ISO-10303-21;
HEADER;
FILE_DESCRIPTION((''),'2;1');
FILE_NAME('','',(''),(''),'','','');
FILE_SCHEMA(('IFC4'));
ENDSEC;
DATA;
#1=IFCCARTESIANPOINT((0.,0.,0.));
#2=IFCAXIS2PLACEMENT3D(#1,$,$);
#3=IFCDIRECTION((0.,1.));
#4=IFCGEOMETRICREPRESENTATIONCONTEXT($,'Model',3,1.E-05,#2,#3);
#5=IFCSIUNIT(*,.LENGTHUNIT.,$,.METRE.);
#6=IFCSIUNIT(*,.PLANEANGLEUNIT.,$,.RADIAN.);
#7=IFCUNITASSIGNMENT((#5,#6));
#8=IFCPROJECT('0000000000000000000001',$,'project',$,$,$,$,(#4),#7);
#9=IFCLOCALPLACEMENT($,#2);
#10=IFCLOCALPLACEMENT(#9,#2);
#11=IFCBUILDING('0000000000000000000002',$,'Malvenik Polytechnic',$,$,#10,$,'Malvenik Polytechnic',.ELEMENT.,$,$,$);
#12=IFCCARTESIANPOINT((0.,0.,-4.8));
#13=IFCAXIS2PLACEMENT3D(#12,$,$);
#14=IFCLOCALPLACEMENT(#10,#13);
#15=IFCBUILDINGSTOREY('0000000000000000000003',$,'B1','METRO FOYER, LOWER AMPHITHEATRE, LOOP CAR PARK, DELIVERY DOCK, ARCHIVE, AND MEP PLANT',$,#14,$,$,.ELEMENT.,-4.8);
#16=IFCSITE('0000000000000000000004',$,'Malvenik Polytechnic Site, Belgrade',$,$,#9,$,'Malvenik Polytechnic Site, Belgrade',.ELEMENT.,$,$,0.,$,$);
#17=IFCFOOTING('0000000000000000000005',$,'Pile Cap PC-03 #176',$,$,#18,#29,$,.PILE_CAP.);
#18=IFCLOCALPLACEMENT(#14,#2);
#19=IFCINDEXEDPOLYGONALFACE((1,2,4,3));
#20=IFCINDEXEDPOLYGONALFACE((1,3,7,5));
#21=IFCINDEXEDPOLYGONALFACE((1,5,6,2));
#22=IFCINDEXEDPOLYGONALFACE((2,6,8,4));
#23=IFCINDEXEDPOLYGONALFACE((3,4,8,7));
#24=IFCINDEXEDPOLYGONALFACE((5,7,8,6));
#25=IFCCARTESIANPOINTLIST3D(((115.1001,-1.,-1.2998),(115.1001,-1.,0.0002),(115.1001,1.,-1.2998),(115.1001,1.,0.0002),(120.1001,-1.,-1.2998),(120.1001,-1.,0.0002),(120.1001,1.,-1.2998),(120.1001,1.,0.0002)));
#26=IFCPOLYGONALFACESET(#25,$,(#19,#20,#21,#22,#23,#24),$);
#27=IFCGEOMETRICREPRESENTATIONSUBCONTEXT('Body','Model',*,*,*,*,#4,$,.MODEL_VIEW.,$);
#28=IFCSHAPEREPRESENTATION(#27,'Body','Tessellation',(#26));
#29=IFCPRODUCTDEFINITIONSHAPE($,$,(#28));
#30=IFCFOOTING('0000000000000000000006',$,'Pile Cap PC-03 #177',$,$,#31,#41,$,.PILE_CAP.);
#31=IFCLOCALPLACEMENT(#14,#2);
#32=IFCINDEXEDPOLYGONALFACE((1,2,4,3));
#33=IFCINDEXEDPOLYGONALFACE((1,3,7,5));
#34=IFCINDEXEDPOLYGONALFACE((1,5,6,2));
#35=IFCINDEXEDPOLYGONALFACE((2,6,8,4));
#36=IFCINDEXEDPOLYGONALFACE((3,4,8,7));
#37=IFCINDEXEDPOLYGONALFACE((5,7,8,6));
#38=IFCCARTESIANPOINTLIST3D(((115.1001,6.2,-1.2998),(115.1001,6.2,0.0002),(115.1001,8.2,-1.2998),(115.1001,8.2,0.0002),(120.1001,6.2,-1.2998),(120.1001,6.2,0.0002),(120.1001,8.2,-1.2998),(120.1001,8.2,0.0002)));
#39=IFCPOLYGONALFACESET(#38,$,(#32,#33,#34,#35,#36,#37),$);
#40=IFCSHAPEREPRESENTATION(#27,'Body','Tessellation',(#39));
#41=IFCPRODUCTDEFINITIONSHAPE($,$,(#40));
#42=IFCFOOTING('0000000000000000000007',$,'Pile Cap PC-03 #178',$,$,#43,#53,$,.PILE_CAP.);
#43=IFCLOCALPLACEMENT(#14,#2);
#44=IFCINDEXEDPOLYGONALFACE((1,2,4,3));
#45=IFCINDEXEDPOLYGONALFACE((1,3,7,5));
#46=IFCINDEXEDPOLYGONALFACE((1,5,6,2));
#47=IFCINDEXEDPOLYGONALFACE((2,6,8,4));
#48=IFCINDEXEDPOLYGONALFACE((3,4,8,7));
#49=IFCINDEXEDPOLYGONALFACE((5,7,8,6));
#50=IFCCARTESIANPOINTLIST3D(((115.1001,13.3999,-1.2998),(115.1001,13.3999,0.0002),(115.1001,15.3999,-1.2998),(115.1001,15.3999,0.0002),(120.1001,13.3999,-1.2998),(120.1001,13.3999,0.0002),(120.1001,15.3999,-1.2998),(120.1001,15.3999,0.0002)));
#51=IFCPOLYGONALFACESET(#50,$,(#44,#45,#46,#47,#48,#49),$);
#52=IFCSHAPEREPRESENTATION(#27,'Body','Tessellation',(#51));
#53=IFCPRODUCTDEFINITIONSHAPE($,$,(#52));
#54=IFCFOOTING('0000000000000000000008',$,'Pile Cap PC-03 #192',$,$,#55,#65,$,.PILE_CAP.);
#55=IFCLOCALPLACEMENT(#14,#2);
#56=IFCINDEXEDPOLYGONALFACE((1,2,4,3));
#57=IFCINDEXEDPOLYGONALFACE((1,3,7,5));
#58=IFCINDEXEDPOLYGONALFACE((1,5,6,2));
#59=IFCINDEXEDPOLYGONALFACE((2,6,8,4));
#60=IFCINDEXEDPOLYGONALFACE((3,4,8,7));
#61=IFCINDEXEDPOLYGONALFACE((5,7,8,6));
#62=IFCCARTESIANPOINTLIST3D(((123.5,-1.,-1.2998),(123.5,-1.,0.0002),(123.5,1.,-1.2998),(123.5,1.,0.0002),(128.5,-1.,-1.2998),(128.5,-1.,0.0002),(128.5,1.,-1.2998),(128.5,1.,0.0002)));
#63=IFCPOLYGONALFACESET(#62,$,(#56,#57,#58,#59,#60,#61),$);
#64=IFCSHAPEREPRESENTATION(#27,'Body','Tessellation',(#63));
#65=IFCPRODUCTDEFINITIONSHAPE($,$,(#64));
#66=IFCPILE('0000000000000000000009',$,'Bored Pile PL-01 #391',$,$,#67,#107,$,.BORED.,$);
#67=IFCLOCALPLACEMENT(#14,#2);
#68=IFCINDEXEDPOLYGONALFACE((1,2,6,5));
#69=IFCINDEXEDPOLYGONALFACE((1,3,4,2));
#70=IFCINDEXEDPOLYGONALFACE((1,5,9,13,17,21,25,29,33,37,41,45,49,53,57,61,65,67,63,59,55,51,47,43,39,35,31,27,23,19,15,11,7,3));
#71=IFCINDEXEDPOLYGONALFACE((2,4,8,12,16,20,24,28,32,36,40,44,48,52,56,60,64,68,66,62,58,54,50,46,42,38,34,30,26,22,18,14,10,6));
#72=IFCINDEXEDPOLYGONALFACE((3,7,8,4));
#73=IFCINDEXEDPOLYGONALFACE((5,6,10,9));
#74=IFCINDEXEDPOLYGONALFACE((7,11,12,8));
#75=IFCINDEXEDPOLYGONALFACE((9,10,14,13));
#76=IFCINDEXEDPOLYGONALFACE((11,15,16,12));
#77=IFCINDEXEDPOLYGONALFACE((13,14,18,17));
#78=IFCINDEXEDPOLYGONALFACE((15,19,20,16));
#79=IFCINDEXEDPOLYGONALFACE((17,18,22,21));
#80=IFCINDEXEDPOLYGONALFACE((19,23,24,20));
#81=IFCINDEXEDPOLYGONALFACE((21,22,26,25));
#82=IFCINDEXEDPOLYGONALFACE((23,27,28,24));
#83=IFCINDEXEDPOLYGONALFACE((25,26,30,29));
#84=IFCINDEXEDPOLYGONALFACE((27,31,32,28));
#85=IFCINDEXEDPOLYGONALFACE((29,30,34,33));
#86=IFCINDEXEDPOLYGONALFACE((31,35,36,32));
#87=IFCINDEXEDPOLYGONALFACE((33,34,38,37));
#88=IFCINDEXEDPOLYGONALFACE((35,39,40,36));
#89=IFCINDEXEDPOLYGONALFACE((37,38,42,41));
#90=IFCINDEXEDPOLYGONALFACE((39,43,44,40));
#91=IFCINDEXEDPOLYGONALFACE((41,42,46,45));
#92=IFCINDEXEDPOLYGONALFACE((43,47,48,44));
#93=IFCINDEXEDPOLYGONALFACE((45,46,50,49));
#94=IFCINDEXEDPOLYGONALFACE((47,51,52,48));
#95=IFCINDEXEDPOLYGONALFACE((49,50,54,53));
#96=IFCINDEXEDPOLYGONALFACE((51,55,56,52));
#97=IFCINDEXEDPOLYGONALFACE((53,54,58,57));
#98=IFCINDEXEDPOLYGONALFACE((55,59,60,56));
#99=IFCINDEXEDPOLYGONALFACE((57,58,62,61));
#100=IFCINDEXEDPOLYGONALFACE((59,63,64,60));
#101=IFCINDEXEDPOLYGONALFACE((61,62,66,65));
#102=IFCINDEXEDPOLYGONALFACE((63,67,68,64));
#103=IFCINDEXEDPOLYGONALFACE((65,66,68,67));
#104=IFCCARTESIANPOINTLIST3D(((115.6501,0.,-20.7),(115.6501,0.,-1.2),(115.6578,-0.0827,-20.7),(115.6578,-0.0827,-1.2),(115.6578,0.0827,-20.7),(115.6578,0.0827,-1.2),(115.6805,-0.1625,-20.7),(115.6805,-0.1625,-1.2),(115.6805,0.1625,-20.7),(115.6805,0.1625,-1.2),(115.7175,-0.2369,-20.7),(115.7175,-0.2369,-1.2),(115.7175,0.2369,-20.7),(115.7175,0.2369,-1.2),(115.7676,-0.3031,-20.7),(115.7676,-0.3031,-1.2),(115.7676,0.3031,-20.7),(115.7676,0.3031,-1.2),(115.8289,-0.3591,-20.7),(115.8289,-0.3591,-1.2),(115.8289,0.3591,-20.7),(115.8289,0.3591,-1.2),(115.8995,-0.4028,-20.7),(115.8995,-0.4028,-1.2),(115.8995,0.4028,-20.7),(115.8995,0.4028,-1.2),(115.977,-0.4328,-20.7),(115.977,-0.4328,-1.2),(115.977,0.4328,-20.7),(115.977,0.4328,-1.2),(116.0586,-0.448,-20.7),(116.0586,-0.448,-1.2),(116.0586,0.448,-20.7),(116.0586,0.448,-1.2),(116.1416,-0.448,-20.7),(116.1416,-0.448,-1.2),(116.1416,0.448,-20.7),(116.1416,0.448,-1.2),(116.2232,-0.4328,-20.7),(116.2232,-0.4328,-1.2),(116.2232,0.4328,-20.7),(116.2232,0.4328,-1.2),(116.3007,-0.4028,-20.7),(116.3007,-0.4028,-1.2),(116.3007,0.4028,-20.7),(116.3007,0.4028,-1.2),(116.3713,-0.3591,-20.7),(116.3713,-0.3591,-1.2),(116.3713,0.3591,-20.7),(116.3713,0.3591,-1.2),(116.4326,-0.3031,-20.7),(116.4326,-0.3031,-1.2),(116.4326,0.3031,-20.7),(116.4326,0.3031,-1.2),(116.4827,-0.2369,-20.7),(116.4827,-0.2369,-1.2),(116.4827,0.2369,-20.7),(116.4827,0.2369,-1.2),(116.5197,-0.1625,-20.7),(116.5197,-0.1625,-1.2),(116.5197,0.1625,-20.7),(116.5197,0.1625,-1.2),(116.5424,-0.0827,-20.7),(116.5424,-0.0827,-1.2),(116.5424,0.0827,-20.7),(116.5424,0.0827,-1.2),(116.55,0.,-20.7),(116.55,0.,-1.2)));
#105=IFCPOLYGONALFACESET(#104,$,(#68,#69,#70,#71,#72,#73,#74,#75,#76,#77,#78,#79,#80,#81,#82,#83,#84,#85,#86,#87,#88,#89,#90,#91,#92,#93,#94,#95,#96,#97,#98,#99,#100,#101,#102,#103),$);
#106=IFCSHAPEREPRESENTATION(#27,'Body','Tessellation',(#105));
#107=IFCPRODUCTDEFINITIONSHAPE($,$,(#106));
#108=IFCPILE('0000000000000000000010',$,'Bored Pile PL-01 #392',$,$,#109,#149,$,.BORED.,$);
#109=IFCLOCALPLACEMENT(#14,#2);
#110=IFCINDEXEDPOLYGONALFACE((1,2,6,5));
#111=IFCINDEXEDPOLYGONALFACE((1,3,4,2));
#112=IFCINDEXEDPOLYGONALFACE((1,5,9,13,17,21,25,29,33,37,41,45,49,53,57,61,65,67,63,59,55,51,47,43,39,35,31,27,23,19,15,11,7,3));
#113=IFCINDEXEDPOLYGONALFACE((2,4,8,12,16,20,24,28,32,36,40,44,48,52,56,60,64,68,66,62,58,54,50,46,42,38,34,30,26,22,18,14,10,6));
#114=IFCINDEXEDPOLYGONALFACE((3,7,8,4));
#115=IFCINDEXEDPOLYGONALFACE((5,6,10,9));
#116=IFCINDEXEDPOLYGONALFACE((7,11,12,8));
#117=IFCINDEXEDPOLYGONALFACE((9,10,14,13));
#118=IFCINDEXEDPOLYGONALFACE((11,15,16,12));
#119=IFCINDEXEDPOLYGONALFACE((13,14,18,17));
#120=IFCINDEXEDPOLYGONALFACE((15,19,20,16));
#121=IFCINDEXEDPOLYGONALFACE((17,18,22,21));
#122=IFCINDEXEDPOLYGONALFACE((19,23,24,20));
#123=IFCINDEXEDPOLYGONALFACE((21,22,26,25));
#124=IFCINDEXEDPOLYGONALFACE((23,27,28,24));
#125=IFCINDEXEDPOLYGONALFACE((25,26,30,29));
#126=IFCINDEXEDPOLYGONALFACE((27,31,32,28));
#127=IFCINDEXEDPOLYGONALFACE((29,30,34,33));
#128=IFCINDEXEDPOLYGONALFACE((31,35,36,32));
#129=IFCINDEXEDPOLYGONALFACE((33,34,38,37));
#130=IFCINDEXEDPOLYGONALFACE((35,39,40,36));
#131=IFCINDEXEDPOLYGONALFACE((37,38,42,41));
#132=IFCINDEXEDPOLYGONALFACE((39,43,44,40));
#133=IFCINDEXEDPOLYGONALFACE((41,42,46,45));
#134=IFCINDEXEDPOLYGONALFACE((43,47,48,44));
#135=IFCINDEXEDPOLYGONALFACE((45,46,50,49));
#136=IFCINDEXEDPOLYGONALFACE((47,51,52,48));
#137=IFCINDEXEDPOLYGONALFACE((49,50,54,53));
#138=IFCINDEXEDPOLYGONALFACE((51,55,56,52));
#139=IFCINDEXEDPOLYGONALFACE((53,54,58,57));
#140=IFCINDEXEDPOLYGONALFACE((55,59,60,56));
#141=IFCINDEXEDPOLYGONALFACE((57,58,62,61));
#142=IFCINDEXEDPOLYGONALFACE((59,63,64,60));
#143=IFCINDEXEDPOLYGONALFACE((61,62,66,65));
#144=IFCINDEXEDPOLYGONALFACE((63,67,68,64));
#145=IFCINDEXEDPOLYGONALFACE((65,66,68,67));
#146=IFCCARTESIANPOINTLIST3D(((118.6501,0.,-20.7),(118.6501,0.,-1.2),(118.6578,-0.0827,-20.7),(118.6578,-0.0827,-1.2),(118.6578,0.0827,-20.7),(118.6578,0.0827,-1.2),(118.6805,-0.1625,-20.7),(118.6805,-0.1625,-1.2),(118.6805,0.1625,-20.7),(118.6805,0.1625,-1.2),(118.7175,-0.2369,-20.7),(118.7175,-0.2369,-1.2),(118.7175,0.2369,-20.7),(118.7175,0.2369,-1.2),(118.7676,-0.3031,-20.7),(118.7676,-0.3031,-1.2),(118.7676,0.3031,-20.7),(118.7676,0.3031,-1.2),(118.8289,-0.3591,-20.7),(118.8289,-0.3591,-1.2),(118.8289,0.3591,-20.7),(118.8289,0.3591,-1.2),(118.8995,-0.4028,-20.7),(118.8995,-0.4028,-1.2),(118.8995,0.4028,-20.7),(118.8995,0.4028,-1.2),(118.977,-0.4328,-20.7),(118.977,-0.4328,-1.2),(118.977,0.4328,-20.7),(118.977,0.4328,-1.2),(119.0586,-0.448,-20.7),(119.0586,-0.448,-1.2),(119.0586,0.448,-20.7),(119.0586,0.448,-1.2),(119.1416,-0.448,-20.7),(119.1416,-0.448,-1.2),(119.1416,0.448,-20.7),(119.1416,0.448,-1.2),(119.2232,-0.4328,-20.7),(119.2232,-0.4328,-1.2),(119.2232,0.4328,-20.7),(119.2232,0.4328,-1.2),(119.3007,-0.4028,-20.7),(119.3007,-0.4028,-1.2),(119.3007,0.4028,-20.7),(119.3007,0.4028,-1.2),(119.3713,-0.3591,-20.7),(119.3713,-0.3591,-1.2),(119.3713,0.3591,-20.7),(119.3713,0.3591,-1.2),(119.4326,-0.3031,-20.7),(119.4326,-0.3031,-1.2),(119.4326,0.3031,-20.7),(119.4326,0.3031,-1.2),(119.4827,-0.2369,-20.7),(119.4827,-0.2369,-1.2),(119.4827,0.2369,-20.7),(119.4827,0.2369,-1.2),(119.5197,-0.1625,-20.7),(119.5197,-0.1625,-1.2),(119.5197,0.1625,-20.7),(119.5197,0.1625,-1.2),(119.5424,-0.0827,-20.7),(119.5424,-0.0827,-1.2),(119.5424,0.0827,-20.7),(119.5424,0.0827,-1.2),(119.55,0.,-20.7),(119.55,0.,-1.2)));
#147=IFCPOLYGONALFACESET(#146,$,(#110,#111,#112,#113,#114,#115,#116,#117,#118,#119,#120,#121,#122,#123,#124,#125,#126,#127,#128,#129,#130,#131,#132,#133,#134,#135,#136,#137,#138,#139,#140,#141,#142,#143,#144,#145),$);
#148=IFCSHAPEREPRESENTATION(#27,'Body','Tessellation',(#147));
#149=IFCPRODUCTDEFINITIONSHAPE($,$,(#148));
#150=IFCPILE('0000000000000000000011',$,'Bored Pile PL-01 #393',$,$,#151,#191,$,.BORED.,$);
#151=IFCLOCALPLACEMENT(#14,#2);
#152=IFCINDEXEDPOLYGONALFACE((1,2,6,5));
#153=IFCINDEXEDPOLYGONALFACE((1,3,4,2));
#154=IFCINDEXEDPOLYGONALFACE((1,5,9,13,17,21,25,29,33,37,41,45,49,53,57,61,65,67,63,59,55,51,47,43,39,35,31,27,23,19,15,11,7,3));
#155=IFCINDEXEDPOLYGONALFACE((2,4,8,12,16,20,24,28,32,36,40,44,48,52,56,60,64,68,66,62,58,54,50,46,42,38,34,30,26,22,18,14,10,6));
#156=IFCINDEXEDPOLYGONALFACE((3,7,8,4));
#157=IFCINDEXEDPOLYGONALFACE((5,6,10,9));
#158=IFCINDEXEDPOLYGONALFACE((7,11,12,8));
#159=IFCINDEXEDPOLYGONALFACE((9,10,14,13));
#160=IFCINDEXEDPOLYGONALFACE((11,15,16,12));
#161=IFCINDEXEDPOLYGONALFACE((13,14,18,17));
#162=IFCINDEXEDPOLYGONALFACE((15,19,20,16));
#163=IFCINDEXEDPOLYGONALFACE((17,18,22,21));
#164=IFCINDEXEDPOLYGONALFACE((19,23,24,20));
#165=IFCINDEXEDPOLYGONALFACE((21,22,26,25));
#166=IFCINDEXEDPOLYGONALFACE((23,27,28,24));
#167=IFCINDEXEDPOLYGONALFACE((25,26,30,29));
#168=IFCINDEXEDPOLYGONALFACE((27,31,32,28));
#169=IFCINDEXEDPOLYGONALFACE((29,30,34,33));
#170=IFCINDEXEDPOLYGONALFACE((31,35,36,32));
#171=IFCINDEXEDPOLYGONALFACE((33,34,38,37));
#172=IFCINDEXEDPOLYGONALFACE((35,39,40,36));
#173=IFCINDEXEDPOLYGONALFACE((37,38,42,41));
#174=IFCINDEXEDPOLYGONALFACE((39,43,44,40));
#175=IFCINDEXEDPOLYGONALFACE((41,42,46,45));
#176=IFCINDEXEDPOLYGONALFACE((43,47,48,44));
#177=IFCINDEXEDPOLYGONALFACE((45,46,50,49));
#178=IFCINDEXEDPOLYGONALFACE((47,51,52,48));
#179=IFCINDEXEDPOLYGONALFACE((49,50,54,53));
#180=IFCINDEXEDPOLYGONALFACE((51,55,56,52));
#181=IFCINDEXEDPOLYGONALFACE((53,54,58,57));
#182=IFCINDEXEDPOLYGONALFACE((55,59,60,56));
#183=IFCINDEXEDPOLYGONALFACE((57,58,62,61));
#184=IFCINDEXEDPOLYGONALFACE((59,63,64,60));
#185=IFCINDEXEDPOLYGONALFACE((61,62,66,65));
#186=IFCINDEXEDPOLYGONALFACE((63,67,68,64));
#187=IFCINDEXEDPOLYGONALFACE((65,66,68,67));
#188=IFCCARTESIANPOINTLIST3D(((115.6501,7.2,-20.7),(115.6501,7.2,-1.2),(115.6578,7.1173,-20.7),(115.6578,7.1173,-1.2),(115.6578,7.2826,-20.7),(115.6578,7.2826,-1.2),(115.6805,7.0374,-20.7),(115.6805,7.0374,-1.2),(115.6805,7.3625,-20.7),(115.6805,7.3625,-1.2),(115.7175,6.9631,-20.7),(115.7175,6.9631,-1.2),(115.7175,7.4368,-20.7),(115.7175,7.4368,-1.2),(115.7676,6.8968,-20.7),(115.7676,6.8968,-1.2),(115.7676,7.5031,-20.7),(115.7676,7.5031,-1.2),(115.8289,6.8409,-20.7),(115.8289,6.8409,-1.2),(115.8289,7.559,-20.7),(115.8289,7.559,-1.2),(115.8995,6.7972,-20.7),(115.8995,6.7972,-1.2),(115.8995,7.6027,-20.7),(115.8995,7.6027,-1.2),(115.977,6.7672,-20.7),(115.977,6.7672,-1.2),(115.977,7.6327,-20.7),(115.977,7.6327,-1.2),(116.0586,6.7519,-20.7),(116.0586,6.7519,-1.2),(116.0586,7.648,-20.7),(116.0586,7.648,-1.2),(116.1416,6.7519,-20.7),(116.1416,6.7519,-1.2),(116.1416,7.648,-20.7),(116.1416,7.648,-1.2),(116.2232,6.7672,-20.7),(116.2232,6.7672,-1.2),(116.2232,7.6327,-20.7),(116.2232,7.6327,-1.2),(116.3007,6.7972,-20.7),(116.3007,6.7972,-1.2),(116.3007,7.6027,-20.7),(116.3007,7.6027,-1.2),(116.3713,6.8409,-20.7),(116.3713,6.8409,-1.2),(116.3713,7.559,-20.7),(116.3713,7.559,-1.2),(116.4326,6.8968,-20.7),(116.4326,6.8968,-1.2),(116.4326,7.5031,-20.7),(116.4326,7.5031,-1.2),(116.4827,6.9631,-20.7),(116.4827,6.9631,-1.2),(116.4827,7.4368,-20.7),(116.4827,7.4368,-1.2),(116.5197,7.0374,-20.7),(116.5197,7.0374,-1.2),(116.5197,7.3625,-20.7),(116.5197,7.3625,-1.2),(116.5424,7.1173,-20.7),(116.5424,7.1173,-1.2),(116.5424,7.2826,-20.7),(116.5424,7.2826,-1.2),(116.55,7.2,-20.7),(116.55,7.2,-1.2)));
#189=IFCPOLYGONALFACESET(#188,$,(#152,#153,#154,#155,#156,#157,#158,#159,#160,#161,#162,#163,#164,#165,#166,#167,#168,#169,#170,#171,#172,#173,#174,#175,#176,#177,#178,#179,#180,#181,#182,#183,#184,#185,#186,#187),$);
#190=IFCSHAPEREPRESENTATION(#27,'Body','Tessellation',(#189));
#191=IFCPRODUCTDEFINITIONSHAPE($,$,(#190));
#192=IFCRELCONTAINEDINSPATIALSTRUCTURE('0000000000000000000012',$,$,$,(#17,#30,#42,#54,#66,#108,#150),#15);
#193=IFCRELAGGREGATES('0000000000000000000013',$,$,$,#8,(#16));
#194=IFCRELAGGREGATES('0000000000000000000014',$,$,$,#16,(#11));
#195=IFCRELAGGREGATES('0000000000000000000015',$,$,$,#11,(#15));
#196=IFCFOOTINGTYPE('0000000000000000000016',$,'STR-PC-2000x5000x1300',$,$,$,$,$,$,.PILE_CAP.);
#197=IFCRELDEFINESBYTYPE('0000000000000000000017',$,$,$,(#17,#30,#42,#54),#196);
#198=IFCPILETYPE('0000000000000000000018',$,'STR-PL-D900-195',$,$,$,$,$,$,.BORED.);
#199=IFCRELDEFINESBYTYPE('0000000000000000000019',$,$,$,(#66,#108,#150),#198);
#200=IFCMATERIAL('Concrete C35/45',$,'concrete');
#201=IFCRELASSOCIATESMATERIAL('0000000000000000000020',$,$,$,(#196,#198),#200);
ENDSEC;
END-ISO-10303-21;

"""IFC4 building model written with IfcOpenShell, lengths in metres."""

from ifc_helpers import new_model, si_unit, direction, frame, origin, origin_2d, place, context, subcontext, project, spatial, rectangle, circle, extrude, material, material_profile, profile_set, type_object, element, save


model = new_model("IFC4")

# Units and contexts
model_context = context("Model", 3, precision=1e-05, world=origin(), true_north=direction((0.0, 1.0)))
body_context = subcontext(model_context, "Body", "Model", "MODEL_VIEW")
ifc_project = project(units=[si_unit("LENGTHUNIT", "METRE"), si_unit("PLANEANGLEUNIT", "RADIAN")], contexts=[model_context])

# Site, building, storey
site_placement = place(None, origin())
site = spatial("IfcSite", under=ifc_project, at=site_placement, Name="Malvenik Polytechnic Site, Belgrade", LongName="Malvenik Polytechnic Site, Belgrade", CompositionType="ELEMENT", RefElevation=0.0)
building_placement = place(site_placement, origin())
building = spatial("IfcBuilding", under=site, at=building_placement, Name="Malvenik Polytechnic", LongName="Malvenik Polytechnic", CompositionType="ELEMENT")
storey_placement = place(building_placement, frame((0.0, 0.0, -4.8)))
storey = spatial("IfcBuildingStorey", under=building, at=storey_placement, Name="B1", Description="METRO FOYER, LOWER AMPHITHEATRE, LOOP CAR PARK, DELIVERY DOCK, ARCHIVE, AND MEP PLANT", CompositionType="ELEMENT", Elevation=-4.8)

# Footings
ifc_material_1 = material(Name="Concrete C35/45", Category="concrete")
footing_type = type_object("IfcFootingType", Name="STR-PC-2000x5000x1300", PredefinedType="PILE_CAP", material=ifc_material_1)
for number, where, z_axis, x_axis, name in (
    (1, (117.6001, 0.0, -1.2998), (0.0, 0.0, 1.0), (1.0, 0.0, 0.0), "Pile Cap PC-03 #176"),
    (2, (117.6001, 7.2, -1.2998), (0.0, 0.0, 1.0), (1.0, 0.0, 0.0), "Pile Cap PC-03 #177"),
    (3, (117.6001, 14.3999, -1.2998), (0.0, 0.0, 1.0), (1.0, 0.0, 0.0), "Pile Cap PC-03 #178"),
    (4, (126.0, 0.0, -1.2998), (0.0, 0.0, 1.0), (1.0, 0.0, 0.0), "Pile Cap PC-03 #192"),
):
    element("IfcFooting", number, at=place(storey_placement, frame(where, z_axis=z_axis, x_axis=x_axis)), inside=storey, type_object=footing_type, Name=name, PredefinedType="PILE_CAP", context=body_context, shape_type="SweptSolid", body=[
        extrude(rectangle(XDim=5.0, YDim=2.0, at=origin_2d()), origin(), (0.0, 0.0, 1.0), 1.3),
    ])

# Piles
ifc_material_profile_1 = material_profile(ifc_material_1, circle(Radius=0.45, at=origin_2d()), Name="BORED PILE D900")
ifc_profile_set_1 = profile_set([ifc_material_profile_1], Name="Concrete C35/45")
pile_type = type_object("IfcPileType", Name="STR-PL-D900-195", PredefinedType="BORED", material=ifc_profile_set_1)
for number, where, z_axis, x_axis, name in (
    (5, (116.1001, 0.0, -1.2), (0.0, 0.0, -1.0), (1.0, 0.0, 0.0), "Bored Pile PL-01 #391"),
    (6, (119.1001, 0.0, -1.2), (0.0, 0.0, -1.0), (1.0, 0.0, 0.0), "Bored Pile PL-01 #392"),
    (7, (116.1001, 7.2, -1.2), (0.0, 0.0, -1.0), (1.0, 0.0, 0.0), "Bored Pile PL-01 #393"),
):
    element("IfcPile", number, at=place(storey_placement, frame(where, z_axis=z_axis, x_axis=x_axis)), inside=storey, type_object=pile_type, Name=name, PredefinedType="BORED", context=body_context, shape_type="SweptSolid", body=[
        extrude(circle(Radius=0.45, at=origin_2d()), origin(), (0.0, 0.0, 1.0), 19.5),
    ])

save(model, "model.ifc")
